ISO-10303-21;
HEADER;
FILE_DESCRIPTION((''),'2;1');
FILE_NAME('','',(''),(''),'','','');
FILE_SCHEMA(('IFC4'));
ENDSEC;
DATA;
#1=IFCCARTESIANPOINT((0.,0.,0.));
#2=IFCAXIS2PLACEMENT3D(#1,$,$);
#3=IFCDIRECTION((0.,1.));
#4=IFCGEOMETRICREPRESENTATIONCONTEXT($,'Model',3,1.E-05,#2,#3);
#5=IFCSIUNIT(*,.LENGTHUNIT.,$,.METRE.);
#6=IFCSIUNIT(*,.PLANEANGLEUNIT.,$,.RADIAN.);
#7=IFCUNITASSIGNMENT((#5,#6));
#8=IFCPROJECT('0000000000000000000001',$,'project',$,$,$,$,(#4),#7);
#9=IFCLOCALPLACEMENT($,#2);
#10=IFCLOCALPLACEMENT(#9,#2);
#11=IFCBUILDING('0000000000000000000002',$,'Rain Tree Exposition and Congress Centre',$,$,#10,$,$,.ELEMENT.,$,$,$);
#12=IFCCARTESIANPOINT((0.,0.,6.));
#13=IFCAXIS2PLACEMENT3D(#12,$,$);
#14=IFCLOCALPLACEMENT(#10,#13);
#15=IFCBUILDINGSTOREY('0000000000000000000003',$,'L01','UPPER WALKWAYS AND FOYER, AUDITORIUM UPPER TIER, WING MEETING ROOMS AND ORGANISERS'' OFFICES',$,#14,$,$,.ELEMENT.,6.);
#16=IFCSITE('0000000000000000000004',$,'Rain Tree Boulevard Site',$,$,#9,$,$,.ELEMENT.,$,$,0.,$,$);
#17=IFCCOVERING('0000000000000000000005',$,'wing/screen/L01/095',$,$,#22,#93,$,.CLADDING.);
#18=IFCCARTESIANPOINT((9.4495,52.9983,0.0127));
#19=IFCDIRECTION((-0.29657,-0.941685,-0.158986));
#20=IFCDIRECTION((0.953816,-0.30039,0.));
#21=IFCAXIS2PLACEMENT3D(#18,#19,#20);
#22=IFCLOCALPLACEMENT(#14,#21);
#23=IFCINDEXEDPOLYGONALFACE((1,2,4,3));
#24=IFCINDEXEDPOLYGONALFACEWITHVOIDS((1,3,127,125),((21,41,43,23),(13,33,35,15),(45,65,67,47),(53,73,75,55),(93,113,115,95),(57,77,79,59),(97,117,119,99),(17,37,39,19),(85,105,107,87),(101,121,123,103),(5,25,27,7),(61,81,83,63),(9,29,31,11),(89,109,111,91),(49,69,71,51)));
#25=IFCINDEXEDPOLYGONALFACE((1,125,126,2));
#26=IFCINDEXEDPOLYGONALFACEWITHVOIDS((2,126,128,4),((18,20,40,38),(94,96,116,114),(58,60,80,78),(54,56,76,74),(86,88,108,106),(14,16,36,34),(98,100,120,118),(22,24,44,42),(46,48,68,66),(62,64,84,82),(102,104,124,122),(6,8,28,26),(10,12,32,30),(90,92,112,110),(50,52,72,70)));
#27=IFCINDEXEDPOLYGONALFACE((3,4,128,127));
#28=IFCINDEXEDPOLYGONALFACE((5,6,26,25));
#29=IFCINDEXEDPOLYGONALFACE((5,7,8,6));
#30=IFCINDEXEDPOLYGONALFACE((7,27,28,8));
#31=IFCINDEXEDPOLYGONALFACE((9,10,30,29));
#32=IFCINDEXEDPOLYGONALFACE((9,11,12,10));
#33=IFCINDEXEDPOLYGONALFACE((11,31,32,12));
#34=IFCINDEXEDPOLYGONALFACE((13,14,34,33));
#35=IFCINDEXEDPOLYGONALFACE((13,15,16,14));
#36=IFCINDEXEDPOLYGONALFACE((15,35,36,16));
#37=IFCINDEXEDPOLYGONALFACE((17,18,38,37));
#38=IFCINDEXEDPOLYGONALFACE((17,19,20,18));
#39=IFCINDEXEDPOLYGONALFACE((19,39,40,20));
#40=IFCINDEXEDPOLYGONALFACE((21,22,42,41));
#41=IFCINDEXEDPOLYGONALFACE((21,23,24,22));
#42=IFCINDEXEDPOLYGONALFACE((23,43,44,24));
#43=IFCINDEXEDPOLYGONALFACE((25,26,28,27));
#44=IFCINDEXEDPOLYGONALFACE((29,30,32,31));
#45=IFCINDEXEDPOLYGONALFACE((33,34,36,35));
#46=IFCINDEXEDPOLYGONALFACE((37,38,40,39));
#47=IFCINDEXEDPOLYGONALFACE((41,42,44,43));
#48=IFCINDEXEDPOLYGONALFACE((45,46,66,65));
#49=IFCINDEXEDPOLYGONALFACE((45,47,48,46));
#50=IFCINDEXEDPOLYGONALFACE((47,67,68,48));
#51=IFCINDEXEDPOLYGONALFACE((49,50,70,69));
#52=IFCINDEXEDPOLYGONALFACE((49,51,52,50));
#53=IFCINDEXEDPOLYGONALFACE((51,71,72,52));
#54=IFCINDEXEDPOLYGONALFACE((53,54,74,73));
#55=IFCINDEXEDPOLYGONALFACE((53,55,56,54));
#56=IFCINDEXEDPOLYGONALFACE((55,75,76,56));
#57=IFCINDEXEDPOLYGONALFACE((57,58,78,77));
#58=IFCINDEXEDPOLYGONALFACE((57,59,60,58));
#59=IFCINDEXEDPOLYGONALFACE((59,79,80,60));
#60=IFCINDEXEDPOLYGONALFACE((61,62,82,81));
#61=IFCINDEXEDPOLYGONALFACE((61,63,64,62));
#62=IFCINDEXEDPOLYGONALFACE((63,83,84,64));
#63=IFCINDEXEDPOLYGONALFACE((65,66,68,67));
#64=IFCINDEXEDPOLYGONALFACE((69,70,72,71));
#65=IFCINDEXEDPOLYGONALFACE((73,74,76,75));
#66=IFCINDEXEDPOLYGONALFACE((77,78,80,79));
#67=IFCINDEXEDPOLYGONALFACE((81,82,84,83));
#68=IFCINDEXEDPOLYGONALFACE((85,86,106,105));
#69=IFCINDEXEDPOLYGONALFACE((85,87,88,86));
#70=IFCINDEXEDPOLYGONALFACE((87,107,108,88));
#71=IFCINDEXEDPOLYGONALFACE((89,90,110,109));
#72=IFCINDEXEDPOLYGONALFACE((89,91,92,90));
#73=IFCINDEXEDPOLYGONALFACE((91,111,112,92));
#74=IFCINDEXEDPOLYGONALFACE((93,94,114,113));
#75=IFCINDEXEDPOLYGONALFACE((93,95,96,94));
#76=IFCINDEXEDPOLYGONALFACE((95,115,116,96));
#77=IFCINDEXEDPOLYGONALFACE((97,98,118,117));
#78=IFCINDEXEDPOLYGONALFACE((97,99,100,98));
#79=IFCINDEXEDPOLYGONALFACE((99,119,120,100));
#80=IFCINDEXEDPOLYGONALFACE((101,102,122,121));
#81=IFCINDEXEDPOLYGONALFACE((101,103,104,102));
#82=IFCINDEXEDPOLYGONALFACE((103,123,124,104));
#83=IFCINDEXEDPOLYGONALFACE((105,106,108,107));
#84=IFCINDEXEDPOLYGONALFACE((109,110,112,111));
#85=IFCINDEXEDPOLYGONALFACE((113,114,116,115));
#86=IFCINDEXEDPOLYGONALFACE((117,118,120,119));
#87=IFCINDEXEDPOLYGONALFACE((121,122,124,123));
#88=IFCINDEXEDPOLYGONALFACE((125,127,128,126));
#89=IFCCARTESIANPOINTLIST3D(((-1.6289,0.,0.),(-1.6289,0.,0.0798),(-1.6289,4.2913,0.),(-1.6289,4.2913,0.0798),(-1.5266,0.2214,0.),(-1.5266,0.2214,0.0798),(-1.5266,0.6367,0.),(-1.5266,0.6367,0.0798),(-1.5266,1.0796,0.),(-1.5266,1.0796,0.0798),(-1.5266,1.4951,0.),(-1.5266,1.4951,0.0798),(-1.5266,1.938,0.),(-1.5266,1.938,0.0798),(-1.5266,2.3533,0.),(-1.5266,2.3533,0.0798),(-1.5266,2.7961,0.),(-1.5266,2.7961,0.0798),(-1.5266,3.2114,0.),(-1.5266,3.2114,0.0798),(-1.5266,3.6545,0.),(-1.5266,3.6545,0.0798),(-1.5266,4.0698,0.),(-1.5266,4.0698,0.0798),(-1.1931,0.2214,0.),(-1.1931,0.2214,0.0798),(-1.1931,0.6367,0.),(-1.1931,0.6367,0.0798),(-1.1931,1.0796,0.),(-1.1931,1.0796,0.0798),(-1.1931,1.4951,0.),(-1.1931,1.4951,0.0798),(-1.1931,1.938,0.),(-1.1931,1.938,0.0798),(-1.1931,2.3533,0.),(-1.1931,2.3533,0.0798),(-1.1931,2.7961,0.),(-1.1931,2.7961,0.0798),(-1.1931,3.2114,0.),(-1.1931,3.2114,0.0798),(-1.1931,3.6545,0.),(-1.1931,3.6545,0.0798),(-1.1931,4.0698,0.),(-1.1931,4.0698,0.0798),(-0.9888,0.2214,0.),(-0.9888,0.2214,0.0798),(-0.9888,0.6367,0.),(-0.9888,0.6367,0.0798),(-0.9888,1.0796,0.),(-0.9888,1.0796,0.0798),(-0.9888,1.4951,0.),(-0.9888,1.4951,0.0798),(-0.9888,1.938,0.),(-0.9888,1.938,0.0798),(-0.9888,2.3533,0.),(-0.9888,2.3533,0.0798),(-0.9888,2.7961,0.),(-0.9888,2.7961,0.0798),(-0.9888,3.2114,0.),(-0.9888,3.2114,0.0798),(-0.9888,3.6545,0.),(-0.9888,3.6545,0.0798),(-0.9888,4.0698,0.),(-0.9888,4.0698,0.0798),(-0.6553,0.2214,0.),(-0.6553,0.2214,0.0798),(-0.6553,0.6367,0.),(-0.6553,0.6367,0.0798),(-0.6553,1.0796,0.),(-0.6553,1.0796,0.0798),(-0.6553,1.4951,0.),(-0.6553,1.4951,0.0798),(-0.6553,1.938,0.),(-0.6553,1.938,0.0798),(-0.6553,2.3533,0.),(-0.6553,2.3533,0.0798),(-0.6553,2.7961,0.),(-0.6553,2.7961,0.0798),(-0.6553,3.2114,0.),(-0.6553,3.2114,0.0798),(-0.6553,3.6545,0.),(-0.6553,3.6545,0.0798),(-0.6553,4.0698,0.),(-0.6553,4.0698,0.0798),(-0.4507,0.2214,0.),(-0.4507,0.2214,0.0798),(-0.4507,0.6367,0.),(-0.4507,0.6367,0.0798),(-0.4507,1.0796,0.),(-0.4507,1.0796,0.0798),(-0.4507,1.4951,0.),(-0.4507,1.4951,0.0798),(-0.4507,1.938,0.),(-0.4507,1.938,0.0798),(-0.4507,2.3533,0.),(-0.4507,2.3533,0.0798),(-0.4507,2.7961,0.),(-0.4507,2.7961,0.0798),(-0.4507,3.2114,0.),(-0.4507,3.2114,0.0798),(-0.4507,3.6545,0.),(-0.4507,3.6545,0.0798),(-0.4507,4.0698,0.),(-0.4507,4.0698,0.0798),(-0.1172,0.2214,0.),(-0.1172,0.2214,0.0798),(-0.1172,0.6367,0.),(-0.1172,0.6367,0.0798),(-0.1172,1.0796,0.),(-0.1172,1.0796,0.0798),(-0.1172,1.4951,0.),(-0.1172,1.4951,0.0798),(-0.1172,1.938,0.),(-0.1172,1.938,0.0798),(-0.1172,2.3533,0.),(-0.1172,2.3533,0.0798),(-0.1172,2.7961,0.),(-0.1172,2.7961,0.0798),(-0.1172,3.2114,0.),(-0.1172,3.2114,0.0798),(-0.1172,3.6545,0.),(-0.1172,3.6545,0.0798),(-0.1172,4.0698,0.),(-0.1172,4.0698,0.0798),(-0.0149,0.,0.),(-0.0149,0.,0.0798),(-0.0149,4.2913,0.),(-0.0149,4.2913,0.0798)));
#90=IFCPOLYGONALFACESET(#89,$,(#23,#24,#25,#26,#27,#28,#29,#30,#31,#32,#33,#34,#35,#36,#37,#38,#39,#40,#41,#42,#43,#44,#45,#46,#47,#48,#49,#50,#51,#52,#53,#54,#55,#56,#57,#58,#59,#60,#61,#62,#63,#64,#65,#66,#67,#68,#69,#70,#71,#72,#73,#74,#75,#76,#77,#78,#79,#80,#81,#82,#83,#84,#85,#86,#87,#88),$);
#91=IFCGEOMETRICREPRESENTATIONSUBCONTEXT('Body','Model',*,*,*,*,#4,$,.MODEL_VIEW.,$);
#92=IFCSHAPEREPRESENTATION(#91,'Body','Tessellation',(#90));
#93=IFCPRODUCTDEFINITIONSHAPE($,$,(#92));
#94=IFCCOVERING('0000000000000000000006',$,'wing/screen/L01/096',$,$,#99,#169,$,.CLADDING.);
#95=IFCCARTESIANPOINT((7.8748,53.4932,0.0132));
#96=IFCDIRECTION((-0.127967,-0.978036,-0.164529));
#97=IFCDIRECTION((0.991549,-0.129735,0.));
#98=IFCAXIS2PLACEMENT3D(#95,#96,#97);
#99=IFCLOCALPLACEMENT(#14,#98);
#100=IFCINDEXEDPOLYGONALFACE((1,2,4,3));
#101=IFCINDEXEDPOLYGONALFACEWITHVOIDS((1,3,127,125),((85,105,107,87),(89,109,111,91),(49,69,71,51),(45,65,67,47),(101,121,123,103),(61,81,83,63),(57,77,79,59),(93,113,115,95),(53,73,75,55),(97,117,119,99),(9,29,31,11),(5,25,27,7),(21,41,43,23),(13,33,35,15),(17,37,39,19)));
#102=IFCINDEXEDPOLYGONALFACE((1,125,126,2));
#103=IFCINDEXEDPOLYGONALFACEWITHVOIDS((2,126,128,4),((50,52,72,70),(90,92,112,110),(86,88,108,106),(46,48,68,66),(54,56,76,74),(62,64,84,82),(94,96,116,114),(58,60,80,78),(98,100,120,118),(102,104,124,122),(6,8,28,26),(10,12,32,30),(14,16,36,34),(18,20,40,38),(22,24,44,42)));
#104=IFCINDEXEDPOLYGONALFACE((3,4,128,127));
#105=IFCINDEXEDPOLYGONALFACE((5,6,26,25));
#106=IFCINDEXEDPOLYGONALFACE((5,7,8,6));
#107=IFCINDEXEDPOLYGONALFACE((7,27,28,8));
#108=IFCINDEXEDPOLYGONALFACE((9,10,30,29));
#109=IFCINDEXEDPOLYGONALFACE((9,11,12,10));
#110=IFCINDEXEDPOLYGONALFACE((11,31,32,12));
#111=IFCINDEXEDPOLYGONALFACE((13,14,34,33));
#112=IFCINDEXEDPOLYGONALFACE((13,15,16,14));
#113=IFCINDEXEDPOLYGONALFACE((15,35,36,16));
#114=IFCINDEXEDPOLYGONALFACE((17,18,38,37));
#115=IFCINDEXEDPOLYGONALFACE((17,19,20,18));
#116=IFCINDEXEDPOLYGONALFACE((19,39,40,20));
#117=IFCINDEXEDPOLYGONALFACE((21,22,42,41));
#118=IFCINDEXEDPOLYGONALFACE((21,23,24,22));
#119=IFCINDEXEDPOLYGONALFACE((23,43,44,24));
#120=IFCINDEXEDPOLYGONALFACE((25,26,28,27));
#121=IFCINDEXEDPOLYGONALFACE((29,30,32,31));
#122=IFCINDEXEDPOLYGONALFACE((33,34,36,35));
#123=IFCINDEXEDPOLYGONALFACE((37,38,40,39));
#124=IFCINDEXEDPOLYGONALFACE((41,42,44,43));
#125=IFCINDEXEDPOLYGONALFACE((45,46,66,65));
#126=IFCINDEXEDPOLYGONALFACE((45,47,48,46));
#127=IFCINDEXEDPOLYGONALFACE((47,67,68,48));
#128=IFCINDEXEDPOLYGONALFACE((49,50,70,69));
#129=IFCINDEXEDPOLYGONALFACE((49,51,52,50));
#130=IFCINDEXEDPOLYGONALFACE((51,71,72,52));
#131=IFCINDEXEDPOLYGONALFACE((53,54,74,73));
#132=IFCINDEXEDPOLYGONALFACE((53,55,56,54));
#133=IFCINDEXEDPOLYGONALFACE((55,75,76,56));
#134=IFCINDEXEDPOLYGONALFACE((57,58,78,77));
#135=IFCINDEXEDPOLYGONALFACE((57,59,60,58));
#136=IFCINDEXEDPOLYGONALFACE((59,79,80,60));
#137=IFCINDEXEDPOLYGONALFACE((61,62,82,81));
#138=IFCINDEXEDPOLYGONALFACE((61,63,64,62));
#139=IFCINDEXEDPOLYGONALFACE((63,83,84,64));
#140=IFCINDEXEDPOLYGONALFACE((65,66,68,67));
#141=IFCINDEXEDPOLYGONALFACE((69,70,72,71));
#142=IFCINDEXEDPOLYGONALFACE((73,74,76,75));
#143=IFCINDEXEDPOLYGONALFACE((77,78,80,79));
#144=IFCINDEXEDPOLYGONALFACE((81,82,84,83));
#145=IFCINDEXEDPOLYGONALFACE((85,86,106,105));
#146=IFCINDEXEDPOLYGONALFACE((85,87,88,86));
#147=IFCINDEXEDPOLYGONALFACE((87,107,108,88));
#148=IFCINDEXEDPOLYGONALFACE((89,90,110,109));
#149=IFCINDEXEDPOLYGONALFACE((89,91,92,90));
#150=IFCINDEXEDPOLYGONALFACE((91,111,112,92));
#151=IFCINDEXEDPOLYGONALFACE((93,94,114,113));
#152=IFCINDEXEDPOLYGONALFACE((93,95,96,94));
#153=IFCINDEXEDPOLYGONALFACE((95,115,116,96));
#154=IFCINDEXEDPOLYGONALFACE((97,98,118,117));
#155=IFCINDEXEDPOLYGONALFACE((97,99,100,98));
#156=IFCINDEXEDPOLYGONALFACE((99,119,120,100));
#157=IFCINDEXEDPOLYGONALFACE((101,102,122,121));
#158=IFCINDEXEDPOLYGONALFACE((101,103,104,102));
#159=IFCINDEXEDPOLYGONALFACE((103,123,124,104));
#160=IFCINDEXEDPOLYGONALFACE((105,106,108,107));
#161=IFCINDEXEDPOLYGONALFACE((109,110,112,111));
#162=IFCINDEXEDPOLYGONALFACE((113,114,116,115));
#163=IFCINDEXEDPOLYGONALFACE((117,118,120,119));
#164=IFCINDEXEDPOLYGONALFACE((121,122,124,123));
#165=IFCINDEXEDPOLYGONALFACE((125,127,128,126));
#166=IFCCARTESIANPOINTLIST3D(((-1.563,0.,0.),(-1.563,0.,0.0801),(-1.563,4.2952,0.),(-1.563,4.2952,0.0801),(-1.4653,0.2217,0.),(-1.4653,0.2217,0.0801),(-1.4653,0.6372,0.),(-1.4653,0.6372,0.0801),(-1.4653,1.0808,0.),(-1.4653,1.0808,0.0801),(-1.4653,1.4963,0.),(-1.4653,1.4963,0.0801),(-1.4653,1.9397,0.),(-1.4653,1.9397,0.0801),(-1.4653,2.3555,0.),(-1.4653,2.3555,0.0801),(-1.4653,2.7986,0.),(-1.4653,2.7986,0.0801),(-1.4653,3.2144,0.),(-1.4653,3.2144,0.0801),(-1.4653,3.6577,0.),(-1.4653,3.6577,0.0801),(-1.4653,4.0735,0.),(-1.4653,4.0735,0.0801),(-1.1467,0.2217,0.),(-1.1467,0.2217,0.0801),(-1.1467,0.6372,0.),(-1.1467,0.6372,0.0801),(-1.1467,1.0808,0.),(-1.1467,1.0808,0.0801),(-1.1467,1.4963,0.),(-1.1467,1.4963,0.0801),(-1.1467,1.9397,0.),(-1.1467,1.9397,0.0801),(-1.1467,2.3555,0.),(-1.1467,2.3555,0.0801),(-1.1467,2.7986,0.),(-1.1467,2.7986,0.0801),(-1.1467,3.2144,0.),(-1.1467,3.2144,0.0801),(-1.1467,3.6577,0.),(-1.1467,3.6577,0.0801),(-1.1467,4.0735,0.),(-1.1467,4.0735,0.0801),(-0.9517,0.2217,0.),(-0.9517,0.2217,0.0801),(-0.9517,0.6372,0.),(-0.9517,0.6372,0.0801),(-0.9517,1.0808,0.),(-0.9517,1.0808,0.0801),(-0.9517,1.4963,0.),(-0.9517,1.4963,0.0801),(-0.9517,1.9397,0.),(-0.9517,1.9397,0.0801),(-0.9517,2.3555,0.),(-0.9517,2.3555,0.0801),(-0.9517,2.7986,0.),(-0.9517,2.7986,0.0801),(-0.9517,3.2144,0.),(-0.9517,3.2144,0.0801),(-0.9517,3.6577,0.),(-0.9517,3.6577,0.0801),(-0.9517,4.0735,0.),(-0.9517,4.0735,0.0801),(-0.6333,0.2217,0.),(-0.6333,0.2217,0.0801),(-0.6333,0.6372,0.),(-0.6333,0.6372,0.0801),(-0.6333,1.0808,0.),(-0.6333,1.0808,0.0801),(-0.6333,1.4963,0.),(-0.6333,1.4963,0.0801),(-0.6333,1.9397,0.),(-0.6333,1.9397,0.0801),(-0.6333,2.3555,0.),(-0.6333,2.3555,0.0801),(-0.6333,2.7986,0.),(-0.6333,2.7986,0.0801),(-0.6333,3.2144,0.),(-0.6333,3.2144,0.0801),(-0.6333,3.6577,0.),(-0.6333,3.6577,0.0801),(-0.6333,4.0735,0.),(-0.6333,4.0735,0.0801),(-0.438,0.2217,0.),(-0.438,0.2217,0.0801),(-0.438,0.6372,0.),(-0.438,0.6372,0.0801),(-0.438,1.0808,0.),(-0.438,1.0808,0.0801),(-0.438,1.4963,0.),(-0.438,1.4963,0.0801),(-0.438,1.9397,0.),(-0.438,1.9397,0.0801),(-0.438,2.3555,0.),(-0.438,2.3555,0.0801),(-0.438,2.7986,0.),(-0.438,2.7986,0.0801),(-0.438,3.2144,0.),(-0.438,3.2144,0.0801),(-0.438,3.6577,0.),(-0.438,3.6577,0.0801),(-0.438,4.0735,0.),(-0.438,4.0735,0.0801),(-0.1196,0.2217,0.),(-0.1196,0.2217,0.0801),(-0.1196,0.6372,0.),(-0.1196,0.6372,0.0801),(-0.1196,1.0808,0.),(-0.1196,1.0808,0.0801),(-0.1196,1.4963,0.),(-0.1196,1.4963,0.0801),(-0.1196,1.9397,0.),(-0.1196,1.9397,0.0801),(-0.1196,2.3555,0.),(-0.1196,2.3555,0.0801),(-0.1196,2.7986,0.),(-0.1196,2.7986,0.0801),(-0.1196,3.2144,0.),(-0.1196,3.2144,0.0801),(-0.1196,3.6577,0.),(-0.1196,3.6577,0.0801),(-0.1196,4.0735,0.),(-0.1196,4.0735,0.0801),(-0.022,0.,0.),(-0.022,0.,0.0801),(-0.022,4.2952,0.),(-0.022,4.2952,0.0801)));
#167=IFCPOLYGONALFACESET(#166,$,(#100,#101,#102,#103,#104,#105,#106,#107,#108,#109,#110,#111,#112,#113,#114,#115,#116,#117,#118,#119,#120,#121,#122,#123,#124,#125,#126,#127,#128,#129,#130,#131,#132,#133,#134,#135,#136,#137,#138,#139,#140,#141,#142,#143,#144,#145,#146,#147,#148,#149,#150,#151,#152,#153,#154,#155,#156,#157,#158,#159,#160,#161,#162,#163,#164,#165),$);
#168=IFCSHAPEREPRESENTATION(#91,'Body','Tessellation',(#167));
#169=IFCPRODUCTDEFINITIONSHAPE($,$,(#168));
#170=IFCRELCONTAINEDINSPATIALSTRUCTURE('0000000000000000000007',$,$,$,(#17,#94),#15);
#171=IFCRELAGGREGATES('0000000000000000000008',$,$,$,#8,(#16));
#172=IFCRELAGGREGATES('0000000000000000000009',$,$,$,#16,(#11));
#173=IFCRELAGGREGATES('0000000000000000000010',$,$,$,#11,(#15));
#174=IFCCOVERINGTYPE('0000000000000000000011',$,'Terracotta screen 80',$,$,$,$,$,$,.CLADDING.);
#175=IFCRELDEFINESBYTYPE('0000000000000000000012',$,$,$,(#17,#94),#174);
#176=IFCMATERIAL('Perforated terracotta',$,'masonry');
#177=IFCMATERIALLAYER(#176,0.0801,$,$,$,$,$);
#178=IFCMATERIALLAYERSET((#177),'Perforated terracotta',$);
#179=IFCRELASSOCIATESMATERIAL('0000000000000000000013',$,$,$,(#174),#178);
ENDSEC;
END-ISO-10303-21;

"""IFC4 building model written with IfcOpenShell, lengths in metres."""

from ifc_helpers import new_model, si_unit, direction, frame, origin, place, context, subcontext, project, spatial, polyline, outline, extrude, material, layer, layer_set, type_object, element, save


model = new_model("IFC4")

# Units and contexts
model_context = context("Model", 3, precision=1e-05, world=origin(), true_north=direction((0.0, 1.0)))
body_context = subcontext(model_context, "Body", "Model", "MODEL_VIEW")
ifc_project = project(units=[si_unit("LENGTHUNIT", "METRE"), si_unit("PLANEANGLEUNIT", "RADIAN")], contexts=[model_context])

# Site, building, storey
site_placement = place(None, origin())
site = spatial("IfcSite", under=ifc_project, at=site_placement, Name="Rain Tree Boulevard Site", CompositionType="ELEMENT", RefElevation=0.0)
building_placement = place(site_placement, origin())
building = spatial("IfcBuilding", under=site, at=building_placement, Name="Rain Tree Exposition and Congress Centre", CompositionType="ELEMENT")
storey_placement = place(building_placement, frame((0.0, 0.0, 6.0)))
storey = spatial("IfcBuildingStorey", under=building, at=storey_placement, Name="L01", Description="UPPER WALKWAYS AND FOYER, AUDITORIUM UPPER TIER, WING MEETING ROOMS AND ORGANISERS' OFFICES", CompositionType="ELEMENT", Elevation=6.0)

# Coverings
ifc_material_1 = material(Name="Perforated terracotta", Category="masonry")
ifc_layer = layer(ifc_material_1, 0.0801)
ifc_layer_set = layer_set([ifc_layer], Name="Perforated terracotta")
covering_type = type_object("IfcCoveringType", Name="Terracotta screen 80", PredefinedType="CLADDING", material=ifc_layer_set)
covering_1_placement = place(storey_placement, frame((9.4495, 52.9983, 0.0127), z_axis=(-0.29657, -0.941685, -0.158986), x_axis=(0.953816, -0.30039, 0.0)))
element("IfcCovering", 1, at=covering_1_placement, inside=storey, type_object=covering_type, Name="wing/screen/L01/095", PredefinedType="CLADDING", context=body_context, shape_type="SweptSolid", body=[
    extrude(outline(polyline([(-1.6289, 0.0), (-1.6289, 4.2913), (-0.0149, 4.2913), (-0.0149, 0.0), (-1.6289, 0.0)]), holes=[polyline([(-0.1172, 0.2214), (-0.1172, 0.6367), (-0.4507, 0.6367), (-0.4507, 0.2214), (-0.1172, 0.2214)]), polyline([(-0.1172, 1.0796), (-0.1172, 1.4951), (-0.4507, 1.4951), (-0.4507, 1.0796), (-0.1172, 1.0796)]), polyline([(-0.1172, 1.938), (-0.1172, 2.3533), (-0.4507, 2.3533), (-0.4507, 1.938), (-0.1172, 1.938)]), polyline([(-0.1172, 2.7961), (-0.1172, 3.2114), (-0.4507, 3.2114), (-0.4507, 2.7961), (-0.1172, 2.7961)]), polyline([(-0.1172, 3.6545), (-0.1172, 4.0698), (-0.4507, 4.0698), (-0.4507, 3.6545), (-0.1172, 3.6545)]), polyline([(-0.6553, 0.2214), (-0.6553, 0.6367), (-0.9888, 0.6367), (-0.9888, 0.2214), (-0.6553, 0.2214)]), polyline([(-0.6553, 1.0796), (-0.6553, 1.4951), (-0.9888, 1.4951), (-0.9888, 1.0796), (-0.6553, 1.0796)]), polyline([(-0.6553, 1.938), (-0.6553, 2.3533), (-0.9888, 2.3533), (-0.9888, 1.938), (-0.6553, 1.938)]), polyline([(-0.6553, 2.7961), (-0.6553, 3.2114), (-0.9888, 3.2114), (-0.9888, 2.7961), (-0.6553, 2.7961)]), polyline([(-0.6553, 3.6545), (-0.6553, 4.0698), (-0.9888, 4.0698), (-0.9888, 3.6545), (-0.6553, 3.6545)]), polyline([(-1.1931, 0.2214), (-1.1931, 0.6367), (-1.5266, 0.6367), (-1.5266, 0.2214), (-1.1931, 0.2214)]), polyline([(-1.1931, 1.0796), (-1.1931, 1.4951), (-1.5266, 1.4951), (-1.5266, 1.0796), (-1.1931, 1.0796)]), polyline([(-1.1931, 1.938), (-1.1931, 2.3533), (-1.5266, 2.3533), (-1.5266, 1.938), (-1.1931, 1.938)]), polyline([(-1.1931, 2.7961), (-1.1931, 3.2114), (-1.5266, 3.2114), (-1.5266, 2.7961), (-1.1931, 2.7961)]), polyline([(-1.1931, 3.6545), (-1.1931, 4.0698), (-1.5266, 4.0698), (-1.5266, 3.6545), (-1.1931, 3.6545)])]), origin(), (0.0, 0.0, 1.0), 0.0798),
])
covering_2_placement = place(storey_placement, frame((7.8748, 53.4932, 0.0132), z_axis=(-0.127967, -0.978036, -0.164529), x_axis=(0.991549, -0.129735, 0.0)))
element("IfcCovering", 2, at=covering_2_placement, inside=storey, type_object=covering_type, Name="wing/screen/L01/096", PredefinedType="CLADDING", context=body_context, shape_type="SweptSolid", body=[
    extrude(outline(polyline([(-1.563, 0.0), (-1.563, 4.2952), (-0.022, 4.2952), (-0.022, 0.0), (-1.563, 0.0)]), holes=[polyline([(-0.1196, 0.2217), (-0.1196, 0.6372), (-0.438, 0.6372), (-0.438, 0.2217), (-0.1196, 0.2217)]), polyline([(-0.1196, 1.0808), (-0.1196, 1.4963), (-0.438, 1.4963), (-0.438, 1.0808), (-0.1196, 1.0808)]), polyline([(-0.1196, 1.9397), (-0.1196, 2.3555), (-0.438, 2.3555), (-0.438, 1.9397), (-0.1196, 1.9397)]), polyline([(-0.1196, 2.7986), (-0.1196, 3.2144), (-0.438, 3.2144), (-0.438, 2.7986), (-0.1196, 2.7986)]), polyline([(-0.1196, 3.6577), (-0.1196, 4.0735), (-0.438, 4.0735), (-0.438, 3.6577), (-0.1196, 3.6577)]), polyline([(-0.6333, 0.2217), (-0.6333, 0.6372), (-0.9517, 0.6372), (-0.9517, 0.2217), (-0.6333, 0.2217)]), polyline([(-0.6333, 1.0808), (-0.6333, 1.4963), (-0.9517, 1.4963), (-0.9517, 1.0808), (-0.6333, 1.0808)]), polyline([(-0.6333, 1.9397), (-0.6333, 2.3555), (-0.9517, 2.3555), (-0.9517, 1.9397), (-0.6333, 1.9397)]), polyline([(-0.6333, 2.7986), (-0.6333, 3.2144), (-0.9517, 3.2144), (-0.9517, 2.7986), (-0.6333, 2.7986)]), polyline([(-0.6333, 3.6577), (-0.6333, 4.0735), (-0.9517, 4.0735), (-0.9517, 3.6577), (-0.6333, 3.6577)]), polyline([(-1.1467, 0.2217), (-1.1467, 0.6372), (-1.4653, 0.6372), (-1.4653, 0.2217), (-1.1467, 0.2217)]), polyline([(-1.1467, 1.0808), (-1.1467, 1.4963), (-1.4653, 1.4963), (-1.4653, 1.0808), (-1.1467, 1.0808)]), polyline([(-1.1467, 1.9397), (-1.1467, 2.3555), (-1.4653, 2.3555), (-1.4653, 1.9397), (-1.1467, 1.9397)]), polyline([(-1.1467, 2.7986), (-1.1467, 3.2144), (-1.4653, 3.2144), (-1.4653, 2.7986), (-1.1467, 2.7986)]), polyline([(-1.1467, 3.6577), (-1.1467, 4.0735), (-1.4653, 4.0735), (-1.4653, 3.6577), (-1.1467, 3.6577)])]), origin(), (0.0, 0.0, 1.0), 0.0801),
])

save(model, "model.ifc")
